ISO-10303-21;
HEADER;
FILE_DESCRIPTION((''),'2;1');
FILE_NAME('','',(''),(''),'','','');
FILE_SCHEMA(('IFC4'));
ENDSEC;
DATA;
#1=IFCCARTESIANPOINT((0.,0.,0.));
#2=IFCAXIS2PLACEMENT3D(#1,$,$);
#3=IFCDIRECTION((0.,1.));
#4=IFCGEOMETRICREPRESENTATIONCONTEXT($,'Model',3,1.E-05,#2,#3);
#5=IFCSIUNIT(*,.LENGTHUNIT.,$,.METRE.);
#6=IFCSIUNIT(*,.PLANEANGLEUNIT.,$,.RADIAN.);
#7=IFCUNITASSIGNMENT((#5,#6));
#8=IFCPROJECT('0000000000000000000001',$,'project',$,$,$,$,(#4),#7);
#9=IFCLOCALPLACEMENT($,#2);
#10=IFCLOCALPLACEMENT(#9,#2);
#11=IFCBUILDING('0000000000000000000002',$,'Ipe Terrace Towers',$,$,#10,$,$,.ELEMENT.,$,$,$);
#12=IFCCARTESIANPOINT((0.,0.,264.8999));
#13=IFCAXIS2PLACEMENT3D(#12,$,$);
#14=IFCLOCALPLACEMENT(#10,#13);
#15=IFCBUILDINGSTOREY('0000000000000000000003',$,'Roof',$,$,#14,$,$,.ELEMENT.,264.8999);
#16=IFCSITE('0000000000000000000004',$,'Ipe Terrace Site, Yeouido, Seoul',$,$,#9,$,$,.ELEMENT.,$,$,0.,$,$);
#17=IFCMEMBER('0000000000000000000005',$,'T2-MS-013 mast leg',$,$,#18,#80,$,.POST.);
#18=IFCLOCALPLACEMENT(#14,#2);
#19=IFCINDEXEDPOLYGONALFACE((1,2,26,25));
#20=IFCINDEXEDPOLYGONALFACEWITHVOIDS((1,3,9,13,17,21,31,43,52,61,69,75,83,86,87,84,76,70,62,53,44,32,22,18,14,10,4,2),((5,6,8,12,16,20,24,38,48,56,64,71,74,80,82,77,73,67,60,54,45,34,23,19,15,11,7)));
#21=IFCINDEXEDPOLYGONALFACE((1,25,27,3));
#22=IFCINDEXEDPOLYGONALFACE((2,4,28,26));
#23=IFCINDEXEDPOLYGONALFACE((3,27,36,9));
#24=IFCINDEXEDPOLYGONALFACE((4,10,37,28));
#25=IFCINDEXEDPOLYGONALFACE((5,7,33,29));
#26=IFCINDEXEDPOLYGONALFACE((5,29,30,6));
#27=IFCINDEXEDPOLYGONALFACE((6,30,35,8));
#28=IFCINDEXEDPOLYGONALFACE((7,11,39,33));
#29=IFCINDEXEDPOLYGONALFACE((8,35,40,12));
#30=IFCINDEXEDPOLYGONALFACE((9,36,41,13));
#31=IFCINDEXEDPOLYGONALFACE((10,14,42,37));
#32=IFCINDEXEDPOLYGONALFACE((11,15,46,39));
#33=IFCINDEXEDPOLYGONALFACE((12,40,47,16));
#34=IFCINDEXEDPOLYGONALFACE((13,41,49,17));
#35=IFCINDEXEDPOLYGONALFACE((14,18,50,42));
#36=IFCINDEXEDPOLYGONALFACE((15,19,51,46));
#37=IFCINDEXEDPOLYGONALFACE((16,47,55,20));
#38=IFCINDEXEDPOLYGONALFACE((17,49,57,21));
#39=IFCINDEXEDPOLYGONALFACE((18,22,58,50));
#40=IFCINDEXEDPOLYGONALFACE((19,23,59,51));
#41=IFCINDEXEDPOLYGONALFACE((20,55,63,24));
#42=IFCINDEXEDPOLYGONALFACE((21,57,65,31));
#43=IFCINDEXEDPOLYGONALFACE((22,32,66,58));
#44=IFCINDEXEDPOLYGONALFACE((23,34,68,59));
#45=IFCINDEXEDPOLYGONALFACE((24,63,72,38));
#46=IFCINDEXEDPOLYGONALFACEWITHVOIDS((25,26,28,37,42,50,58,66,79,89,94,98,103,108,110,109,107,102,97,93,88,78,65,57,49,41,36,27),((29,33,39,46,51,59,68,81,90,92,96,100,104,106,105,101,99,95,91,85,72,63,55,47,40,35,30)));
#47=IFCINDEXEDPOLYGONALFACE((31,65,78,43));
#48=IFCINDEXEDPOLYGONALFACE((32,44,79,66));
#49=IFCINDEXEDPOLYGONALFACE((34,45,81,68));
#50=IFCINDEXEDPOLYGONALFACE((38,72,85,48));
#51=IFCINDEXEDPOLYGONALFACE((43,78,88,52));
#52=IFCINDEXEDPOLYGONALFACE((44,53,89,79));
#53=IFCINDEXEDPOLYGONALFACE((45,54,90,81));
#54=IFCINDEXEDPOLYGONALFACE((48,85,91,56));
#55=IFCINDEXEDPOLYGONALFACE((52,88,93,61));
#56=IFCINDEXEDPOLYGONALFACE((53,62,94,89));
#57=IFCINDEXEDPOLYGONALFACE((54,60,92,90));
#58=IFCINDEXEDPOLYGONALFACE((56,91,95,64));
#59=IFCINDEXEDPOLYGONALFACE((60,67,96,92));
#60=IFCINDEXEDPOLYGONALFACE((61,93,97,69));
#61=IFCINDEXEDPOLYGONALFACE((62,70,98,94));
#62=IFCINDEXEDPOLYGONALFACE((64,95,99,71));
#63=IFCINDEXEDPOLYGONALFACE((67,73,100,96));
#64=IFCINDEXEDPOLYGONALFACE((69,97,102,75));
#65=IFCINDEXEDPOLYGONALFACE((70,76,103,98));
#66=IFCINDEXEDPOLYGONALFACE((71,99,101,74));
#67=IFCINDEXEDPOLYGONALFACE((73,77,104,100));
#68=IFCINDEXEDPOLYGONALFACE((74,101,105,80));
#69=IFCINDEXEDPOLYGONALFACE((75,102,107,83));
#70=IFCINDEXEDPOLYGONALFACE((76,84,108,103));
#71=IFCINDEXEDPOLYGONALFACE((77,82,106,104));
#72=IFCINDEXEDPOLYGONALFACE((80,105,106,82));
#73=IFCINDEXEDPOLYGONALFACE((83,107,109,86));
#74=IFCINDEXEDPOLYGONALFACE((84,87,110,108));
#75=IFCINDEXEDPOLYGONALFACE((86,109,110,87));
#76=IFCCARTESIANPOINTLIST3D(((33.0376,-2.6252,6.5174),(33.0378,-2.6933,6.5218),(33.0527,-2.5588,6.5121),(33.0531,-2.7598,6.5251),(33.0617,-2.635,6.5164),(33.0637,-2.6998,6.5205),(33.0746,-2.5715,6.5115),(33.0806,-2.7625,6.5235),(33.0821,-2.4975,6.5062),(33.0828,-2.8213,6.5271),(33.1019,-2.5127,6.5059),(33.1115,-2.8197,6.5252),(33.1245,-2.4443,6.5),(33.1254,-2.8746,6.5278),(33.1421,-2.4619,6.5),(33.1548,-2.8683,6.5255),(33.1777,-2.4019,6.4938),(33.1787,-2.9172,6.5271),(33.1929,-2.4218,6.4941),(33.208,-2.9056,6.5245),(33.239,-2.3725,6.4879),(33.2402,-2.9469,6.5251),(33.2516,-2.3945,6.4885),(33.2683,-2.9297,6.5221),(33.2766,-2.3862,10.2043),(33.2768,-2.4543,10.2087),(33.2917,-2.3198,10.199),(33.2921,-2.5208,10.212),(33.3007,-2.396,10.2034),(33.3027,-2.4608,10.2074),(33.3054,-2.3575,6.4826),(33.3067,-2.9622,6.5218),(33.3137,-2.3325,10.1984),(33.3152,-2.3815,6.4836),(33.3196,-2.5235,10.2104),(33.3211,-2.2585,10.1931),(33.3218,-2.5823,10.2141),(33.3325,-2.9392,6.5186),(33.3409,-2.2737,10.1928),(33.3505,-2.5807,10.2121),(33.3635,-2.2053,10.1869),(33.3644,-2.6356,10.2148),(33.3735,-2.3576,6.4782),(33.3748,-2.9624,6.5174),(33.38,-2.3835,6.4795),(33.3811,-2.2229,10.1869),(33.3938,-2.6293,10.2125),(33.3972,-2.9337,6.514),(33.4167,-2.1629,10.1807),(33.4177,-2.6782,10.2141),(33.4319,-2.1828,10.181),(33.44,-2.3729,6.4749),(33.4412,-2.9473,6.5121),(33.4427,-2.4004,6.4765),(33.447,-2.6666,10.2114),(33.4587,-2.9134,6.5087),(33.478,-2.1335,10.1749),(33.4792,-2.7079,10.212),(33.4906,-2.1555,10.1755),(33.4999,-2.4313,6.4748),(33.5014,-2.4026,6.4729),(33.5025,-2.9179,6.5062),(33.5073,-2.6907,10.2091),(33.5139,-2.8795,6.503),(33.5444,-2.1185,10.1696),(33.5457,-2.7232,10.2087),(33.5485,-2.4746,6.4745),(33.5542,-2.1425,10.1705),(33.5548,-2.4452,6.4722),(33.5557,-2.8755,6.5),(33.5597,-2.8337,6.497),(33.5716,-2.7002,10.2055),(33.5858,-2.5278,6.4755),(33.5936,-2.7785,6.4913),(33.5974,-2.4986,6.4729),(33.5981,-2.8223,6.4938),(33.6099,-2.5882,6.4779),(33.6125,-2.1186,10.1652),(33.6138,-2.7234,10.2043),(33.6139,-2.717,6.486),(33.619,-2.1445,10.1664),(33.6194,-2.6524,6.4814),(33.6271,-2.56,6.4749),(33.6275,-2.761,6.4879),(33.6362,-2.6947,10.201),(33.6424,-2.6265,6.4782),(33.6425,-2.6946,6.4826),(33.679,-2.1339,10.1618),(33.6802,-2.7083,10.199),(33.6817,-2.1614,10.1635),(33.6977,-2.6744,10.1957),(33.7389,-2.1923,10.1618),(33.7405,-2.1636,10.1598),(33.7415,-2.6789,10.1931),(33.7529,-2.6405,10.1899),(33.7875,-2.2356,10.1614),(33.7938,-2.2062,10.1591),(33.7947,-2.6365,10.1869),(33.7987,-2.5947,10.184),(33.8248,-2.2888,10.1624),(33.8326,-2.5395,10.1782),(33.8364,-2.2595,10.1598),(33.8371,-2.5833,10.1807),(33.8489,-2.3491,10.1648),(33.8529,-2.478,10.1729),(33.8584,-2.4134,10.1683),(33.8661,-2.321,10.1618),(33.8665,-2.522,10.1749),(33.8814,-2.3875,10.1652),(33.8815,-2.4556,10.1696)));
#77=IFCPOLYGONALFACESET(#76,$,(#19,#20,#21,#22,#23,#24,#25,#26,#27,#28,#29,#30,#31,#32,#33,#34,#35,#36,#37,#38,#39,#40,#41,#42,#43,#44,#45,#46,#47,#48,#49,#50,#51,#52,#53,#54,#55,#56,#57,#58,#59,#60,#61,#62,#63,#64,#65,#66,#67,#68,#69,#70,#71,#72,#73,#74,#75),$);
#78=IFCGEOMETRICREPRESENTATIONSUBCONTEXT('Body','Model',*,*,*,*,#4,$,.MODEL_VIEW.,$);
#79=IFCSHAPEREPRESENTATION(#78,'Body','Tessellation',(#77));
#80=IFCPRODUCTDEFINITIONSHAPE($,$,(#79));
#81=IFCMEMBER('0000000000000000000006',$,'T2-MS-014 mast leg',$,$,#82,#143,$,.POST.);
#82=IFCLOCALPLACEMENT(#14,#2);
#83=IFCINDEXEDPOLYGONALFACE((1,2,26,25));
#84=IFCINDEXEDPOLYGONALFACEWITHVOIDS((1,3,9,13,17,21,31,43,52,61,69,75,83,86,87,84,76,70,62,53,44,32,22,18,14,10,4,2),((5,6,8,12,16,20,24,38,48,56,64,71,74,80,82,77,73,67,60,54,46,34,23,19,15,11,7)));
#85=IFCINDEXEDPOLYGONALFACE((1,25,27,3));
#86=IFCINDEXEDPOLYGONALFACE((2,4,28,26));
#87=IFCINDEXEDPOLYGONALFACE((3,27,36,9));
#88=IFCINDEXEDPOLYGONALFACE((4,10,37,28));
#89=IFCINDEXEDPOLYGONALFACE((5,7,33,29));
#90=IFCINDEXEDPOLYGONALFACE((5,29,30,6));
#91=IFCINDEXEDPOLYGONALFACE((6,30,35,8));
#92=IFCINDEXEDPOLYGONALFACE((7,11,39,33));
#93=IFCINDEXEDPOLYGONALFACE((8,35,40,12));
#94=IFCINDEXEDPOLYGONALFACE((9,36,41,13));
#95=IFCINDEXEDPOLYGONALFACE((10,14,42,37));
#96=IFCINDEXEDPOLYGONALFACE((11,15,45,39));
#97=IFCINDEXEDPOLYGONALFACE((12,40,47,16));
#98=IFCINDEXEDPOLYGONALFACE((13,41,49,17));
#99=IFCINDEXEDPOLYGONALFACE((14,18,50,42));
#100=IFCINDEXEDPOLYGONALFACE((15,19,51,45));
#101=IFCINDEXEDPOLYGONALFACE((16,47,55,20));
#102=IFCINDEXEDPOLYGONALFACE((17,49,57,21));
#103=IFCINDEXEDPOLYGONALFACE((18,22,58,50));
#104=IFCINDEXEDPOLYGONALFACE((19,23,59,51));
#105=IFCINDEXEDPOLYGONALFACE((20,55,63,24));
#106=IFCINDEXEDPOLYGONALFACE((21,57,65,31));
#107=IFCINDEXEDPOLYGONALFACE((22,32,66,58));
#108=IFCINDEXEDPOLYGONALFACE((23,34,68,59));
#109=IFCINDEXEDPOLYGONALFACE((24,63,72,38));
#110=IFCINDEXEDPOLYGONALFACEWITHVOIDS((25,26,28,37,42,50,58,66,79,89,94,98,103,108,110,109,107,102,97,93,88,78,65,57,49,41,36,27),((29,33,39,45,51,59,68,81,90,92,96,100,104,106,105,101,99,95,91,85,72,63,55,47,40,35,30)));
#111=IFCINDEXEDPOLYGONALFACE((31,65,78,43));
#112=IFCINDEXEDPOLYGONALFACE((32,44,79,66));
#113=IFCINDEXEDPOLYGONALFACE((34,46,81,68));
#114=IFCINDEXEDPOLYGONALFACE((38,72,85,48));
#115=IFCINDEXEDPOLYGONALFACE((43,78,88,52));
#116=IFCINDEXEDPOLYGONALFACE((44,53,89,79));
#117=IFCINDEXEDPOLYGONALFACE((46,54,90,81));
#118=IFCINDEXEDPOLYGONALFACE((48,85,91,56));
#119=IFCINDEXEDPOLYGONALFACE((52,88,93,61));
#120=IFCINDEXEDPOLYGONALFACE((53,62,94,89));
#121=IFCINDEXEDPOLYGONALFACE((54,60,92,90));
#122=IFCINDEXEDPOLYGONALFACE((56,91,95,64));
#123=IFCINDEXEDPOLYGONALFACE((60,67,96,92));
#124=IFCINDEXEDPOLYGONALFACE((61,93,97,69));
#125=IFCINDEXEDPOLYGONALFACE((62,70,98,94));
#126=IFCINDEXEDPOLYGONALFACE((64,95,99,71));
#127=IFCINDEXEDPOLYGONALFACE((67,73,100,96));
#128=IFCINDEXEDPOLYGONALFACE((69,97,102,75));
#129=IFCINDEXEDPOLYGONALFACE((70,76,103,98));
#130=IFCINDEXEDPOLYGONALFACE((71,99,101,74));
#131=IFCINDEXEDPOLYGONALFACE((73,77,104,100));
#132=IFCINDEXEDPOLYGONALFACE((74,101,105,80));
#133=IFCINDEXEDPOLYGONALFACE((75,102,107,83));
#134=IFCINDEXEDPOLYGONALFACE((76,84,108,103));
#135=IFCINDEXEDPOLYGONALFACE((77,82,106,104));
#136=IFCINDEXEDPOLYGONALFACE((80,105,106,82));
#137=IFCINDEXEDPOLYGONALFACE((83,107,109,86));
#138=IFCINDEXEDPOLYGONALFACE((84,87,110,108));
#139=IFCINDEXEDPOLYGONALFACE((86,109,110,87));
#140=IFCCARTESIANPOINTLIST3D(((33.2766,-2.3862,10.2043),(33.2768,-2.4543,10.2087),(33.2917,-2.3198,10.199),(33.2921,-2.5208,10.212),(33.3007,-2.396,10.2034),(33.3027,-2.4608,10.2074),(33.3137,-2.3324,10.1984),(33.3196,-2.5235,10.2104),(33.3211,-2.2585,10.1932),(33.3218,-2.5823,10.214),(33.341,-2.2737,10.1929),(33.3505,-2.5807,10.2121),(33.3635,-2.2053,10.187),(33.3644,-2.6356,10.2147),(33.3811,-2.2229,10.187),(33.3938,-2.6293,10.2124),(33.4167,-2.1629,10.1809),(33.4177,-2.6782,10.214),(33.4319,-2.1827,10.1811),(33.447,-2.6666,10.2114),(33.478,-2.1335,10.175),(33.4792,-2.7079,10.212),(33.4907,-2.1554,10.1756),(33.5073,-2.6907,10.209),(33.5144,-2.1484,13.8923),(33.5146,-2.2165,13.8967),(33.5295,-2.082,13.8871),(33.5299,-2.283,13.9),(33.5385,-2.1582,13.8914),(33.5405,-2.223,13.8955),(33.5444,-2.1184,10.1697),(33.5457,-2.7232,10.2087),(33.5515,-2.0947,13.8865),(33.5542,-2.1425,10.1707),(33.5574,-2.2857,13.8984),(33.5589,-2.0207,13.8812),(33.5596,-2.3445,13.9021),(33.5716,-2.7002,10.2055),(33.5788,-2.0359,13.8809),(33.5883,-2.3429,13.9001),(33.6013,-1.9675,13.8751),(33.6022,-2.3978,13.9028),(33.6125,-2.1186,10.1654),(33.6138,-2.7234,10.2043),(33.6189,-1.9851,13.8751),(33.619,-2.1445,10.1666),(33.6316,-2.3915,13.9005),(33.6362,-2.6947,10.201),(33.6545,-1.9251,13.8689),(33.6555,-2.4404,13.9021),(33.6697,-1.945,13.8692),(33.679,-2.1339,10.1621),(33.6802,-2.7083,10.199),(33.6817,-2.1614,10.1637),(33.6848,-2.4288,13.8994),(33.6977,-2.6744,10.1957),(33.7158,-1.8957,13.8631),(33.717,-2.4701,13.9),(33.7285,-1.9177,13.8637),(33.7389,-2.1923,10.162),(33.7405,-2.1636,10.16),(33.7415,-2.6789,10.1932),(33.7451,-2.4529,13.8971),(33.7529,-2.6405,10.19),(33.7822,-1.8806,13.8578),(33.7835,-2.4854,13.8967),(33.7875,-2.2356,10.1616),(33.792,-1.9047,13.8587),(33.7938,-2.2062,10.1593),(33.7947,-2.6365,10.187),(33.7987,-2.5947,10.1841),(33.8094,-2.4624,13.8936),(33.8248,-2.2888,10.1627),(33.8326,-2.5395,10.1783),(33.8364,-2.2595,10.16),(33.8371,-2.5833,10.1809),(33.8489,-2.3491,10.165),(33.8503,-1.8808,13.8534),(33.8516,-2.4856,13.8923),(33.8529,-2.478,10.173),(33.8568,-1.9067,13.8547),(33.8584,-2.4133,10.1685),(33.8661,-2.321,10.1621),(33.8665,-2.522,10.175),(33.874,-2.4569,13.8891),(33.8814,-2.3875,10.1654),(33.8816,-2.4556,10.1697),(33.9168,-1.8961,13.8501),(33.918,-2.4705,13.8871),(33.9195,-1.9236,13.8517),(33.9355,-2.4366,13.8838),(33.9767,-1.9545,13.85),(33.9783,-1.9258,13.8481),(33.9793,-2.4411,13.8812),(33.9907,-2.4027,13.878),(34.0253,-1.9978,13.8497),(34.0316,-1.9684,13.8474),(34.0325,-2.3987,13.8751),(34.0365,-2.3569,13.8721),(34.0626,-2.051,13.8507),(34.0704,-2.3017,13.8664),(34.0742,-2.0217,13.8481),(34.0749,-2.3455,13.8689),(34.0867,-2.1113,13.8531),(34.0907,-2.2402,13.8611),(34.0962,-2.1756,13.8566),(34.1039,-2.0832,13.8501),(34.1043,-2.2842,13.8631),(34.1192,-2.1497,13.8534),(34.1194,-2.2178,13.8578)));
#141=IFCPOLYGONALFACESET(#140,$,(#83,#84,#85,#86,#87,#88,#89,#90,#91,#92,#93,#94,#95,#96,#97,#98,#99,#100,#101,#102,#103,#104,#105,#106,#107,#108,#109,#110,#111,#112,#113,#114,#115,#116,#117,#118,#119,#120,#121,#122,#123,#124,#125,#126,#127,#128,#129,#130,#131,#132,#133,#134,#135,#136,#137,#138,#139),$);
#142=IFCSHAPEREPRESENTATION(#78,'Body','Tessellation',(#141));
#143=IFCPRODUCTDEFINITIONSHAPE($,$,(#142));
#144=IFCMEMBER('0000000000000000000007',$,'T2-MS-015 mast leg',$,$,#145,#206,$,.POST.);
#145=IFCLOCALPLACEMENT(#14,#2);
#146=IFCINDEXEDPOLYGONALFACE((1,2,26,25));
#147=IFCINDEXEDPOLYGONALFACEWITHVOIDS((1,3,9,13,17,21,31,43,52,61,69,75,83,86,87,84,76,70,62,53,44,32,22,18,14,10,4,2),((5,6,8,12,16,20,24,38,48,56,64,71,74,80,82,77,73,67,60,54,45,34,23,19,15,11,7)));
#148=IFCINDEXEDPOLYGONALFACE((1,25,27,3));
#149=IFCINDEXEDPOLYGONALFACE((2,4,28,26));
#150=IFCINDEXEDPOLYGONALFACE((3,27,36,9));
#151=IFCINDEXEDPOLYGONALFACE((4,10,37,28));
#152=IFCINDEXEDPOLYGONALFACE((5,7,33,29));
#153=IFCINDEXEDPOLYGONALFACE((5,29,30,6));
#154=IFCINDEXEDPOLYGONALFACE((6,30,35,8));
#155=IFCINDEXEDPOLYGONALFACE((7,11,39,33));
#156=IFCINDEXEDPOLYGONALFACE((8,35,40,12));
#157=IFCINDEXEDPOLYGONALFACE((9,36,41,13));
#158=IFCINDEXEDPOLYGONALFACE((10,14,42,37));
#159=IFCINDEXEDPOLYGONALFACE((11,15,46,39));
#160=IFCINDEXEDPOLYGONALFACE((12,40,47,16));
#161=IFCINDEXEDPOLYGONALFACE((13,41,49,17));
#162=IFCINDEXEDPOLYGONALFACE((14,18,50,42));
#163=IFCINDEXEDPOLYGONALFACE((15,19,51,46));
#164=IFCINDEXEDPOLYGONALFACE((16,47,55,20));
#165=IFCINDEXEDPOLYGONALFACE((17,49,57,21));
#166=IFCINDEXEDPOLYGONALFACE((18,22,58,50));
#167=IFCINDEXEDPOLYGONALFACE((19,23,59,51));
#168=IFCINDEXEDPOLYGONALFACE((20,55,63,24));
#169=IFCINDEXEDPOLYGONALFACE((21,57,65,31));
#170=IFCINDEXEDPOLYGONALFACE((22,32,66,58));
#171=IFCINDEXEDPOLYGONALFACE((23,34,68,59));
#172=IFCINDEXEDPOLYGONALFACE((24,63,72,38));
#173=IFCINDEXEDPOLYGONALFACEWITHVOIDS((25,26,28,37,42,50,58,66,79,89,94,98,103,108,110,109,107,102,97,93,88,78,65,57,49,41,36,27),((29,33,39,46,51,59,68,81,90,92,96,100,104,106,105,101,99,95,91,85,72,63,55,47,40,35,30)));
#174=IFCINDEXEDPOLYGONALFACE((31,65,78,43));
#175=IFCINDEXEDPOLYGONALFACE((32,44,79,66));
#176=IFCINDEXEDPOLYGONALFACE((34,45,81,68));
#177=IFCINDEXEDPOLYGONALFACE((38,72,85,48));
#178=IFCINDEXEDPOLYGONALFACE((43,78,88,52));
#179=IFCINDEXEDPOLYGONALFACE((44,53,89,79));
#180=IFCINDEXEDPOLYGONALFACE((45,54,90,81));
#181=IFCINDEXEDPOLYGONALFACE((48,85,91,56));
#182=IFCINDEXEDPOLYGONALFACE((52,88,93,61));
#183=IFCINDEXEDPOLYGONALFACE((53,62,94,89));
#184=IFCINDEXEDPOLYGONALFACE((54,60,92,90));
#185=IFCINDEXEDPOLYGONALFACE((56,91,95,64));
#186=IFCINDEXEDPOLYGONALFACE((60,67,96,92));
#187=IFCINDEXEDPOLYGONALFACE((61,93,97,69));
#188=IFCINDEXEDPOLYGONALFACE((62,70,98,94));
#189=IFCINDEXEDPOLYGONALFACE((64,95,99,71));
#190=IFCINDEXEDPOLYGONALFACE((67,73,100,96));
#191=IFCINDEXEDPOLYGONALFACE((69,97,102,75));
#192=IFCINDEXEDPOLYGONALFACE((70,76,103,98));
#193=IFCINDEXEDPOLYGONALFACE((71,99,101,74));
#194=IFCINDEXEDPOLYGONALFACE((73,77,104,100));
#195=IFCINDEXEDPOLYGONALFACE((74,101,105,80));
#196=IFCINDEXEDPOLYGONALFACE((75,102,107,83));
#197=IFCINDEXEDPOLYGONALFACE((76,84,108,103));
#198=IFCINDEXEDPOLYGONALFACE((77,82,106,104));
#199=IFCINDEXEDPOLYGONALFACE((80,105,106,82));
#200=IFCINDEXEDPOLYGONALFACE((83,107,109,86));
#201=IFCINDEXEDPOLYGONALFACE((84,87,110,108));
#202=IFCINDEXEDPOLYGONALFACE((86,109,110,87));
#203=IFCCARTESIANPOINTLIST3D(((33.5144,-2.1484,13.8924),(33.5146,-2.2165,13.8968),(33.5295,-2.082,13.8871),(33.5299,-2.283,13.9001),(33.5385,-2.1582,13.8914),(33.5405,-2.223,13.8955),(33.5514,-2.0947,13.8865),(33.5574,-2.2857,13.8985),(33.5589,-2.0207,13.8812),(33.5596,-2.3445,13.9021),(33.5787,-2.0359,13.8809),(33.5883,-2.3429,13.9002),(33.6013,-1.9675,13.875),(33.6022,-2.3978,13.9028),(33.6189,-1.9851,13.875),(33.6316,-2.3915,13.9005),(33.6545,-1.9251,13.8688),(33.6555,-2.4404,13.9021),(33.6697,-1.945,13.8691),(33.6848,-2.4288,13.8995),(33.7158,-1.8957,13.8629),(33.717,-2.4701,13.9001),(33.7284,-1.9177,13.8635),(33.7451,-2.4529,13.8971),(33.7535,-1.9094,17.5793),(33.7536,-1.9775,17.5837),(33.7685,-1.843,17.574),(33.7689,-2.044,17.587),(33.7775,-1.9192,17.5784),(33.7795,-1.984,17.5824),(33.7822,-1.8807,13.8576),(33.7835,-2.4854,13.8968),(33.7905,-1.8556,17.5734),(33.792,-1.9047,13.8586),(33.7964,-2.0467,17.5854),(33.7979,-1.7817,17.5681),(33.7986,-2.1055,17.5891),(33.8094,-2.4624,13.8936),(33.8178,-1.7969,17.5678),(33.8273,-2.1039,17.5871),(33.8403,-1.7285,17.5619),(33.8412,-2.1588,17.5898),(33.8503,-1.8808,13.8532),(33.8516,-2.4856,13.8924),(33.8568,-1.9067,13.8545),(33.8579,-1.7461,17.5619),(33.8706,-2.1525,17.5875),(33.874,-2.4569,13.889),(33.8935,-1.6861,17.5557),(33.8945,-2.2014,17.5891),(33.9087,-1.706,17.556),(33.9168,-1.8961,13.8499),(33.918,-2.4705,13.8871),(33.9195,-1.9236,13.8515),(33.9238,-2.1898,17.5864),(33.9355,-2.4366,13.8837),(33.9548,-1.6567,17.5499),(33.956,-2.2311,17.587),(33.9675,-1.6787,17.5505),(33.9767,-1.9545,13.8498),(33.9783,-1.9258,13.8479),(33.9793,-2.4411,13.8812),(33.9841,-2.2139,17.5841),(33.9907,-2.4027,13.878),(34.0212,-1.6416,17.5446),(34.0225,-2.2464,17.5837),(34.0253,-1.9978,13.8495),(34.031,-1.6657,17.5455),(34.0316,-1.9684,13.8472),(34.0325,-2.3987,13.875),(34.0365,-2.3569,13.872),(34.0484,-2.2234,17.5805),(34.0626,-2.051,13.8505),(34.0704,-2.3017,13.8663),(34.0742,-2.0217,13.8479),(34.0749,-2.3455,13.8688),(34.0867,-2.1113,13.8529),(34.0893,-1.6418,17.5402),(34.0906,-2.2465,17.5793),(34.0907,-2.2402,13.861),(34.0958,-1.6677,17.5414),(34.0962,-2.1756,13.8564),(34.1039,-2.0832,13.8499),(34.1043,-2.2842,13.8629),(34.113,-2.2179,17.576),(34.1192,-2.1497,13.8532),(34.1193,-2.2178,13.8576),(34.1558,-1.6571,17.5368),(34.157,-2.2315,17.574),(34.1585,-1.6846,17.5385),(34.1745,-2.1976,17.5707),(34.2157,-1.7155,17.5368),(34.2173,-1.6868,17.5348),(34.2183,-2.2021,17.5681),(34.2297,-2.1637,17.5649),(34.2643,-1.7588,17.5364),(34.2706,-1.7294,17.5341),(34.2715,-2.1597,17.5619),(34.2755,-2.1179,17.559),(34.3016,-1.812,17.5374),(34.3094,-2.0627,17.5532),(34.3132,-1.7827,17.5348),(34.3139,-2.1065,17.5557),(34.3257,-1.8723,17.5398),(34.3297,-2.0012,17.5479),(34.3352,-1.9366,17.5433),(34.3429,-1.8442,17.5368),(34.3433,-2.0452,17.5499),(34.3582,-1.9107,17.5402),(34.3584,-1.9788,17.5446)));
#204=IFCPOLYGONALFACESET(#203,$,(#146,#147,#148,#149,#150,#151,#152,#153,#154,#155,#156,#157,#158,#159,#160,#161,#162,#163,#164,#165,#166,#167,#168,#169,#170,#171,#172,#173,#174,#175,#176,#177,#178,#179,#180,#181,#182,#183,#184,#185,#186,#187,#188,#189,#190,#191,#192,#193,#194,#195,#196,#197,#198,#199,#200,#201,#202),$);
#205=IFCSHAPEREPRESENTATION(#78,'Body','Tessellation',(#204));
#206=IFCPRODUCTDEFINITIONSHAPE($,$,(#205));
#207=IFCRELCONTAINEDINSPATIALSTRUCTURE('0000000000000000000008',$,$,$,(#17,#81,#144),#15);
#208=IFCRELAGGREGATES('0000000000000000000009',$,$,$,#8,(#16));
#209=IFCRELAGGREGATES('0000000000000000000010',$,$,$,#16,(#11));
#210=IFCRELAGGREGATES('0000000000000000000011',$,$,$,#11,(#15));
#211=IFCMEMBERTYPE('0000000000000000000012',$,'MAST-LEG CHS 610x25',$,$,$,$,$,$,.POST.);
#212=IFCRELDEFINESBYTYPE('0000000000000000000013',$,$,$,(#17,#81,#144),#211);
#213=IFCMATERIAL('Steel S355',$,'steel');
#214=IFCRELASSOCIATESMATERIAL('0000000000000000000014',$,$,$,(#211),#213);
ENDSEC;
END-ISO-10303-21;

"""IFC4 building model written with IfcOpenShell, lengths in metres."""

from ifc_helpers import new_model, si_unit, direction, frame, origin, origin_2d, place, context, subcontext, project, spatial, hollow_circle, extrude, material, material_profile, profile_set, type_object, element, save


model = new_model("IFC4")

# Units and contexts
model_context = context("Model", 3, precision=1e-05, world=origin(), true_north=direction((0.0, 1.0)))
body_context = subcontext(model_context, "Body", "Model", "MODEL_VIEW")
ifc_project = project(units=[si_unit("LENGTHUNIT", "METRE"), si_unit("PLANEANGLEUNIT", "RADIAN")], contexts=[model_context])

# Site, building, storey
site_placement = place(None, origin())
site = spatial("IfcSite", under=ifc_project, at=site_placement, Name="Ipe Terrace Site, Yeouido, Seoul", CompositionType="ELEMENT", RefElevation=0.0)
building_placement = place(site_placement, origin())
building = spatial("IfcBuilding", under=site, at=building_placement, Name="Ipe Terrace Towers", CompositionType="ELEMENT")
storey_placement = place(building_placement, frame((0.0, 0.0, 264.8999)))
storey = spatial("IfcBuildingStorey", under=building, at=storey_placement, Name="Roof", CompositionType="ELEMENT", Elevation=264.8999)

# Members
ifc_material_1 = material(Name="Steel S355", Category="steel")
ifc_material_profile_1 = material_profile(ifc_material_1, hollow_circle(Radius=0.3049, WallThickness=0.0249, at=origin_2d()), Name="MAST-LEG CHS 610x25")
ifc_profile_set_1 = profile_set([ifc_material_profile_1], Name="Steel S355")
member_type_1 = type_object("IfcMemberType", Name="MAST-LEG CHS 610x25", PredefinedType="POST", material=ifc_profile_set_1)
member_1_placement = place(storey_placement, frame((33.3401, -2.6599, 6.5), z_axis=(0.064555, 0.064555, 0.995824), x_axis=(-0.707107, 0.707107, 0.0)))
element("IfcMember", 1, at=member_1_placement, inside=storey, type_object=member_type_1, Name="T2-MS-013 mast leg", PredefinedType="POST", context=body_context, shape_type="SweptSolid", body=[
    extrude(hollow_circle(Radius=0.3049, WallThickness=0.0249, at=origin_2d()), origin(), (0.0, 0.0, 1.0), 3.7024),
])
member_2_placement = place(storey_placement, frame((33.5791, -2.4209, 10.187), z_axis=(0.064211, 0.064211, 0.995868), x_axis=(-0.707107, 0.707107, 0.0)))
element("IfcMember", 2, at=member_2_placement, inside=storey, type_object=member_type_1, Name="T2-MS-014 mast leg", PredefinedType="POST", context=body_context, shape_type="SweptSolid", body=[
    extrude(hollow_circle(Radius=0.3049, WallThickness=0.0249, at=origin_2d()), origin(), (0.0, 0.0, 1.0), 3.7034),
])
member_3_placement = place(storey_placement, frame((33.8169, -2.1831, 13.875), z_axis=(0.064555, 0.064555, 0.995824), x_axis=(-0.707107, 0.707107, 0.0)))
element("IfcMember", 3, at=member_3_placement, inside=storey, type_object=member_type_1, Name="T2-MS-015 mast leg", PredefinedType="POST", context=body_context, shape_type="SweptSolid", body=[
    extrude(hollow_circle(Radius=0.3049, WallThickness=0.0249, at=origin_2d()), origin(), (0.0, 0.0, 1.0), 3.7024),
])

save(model, "model.ifc")
